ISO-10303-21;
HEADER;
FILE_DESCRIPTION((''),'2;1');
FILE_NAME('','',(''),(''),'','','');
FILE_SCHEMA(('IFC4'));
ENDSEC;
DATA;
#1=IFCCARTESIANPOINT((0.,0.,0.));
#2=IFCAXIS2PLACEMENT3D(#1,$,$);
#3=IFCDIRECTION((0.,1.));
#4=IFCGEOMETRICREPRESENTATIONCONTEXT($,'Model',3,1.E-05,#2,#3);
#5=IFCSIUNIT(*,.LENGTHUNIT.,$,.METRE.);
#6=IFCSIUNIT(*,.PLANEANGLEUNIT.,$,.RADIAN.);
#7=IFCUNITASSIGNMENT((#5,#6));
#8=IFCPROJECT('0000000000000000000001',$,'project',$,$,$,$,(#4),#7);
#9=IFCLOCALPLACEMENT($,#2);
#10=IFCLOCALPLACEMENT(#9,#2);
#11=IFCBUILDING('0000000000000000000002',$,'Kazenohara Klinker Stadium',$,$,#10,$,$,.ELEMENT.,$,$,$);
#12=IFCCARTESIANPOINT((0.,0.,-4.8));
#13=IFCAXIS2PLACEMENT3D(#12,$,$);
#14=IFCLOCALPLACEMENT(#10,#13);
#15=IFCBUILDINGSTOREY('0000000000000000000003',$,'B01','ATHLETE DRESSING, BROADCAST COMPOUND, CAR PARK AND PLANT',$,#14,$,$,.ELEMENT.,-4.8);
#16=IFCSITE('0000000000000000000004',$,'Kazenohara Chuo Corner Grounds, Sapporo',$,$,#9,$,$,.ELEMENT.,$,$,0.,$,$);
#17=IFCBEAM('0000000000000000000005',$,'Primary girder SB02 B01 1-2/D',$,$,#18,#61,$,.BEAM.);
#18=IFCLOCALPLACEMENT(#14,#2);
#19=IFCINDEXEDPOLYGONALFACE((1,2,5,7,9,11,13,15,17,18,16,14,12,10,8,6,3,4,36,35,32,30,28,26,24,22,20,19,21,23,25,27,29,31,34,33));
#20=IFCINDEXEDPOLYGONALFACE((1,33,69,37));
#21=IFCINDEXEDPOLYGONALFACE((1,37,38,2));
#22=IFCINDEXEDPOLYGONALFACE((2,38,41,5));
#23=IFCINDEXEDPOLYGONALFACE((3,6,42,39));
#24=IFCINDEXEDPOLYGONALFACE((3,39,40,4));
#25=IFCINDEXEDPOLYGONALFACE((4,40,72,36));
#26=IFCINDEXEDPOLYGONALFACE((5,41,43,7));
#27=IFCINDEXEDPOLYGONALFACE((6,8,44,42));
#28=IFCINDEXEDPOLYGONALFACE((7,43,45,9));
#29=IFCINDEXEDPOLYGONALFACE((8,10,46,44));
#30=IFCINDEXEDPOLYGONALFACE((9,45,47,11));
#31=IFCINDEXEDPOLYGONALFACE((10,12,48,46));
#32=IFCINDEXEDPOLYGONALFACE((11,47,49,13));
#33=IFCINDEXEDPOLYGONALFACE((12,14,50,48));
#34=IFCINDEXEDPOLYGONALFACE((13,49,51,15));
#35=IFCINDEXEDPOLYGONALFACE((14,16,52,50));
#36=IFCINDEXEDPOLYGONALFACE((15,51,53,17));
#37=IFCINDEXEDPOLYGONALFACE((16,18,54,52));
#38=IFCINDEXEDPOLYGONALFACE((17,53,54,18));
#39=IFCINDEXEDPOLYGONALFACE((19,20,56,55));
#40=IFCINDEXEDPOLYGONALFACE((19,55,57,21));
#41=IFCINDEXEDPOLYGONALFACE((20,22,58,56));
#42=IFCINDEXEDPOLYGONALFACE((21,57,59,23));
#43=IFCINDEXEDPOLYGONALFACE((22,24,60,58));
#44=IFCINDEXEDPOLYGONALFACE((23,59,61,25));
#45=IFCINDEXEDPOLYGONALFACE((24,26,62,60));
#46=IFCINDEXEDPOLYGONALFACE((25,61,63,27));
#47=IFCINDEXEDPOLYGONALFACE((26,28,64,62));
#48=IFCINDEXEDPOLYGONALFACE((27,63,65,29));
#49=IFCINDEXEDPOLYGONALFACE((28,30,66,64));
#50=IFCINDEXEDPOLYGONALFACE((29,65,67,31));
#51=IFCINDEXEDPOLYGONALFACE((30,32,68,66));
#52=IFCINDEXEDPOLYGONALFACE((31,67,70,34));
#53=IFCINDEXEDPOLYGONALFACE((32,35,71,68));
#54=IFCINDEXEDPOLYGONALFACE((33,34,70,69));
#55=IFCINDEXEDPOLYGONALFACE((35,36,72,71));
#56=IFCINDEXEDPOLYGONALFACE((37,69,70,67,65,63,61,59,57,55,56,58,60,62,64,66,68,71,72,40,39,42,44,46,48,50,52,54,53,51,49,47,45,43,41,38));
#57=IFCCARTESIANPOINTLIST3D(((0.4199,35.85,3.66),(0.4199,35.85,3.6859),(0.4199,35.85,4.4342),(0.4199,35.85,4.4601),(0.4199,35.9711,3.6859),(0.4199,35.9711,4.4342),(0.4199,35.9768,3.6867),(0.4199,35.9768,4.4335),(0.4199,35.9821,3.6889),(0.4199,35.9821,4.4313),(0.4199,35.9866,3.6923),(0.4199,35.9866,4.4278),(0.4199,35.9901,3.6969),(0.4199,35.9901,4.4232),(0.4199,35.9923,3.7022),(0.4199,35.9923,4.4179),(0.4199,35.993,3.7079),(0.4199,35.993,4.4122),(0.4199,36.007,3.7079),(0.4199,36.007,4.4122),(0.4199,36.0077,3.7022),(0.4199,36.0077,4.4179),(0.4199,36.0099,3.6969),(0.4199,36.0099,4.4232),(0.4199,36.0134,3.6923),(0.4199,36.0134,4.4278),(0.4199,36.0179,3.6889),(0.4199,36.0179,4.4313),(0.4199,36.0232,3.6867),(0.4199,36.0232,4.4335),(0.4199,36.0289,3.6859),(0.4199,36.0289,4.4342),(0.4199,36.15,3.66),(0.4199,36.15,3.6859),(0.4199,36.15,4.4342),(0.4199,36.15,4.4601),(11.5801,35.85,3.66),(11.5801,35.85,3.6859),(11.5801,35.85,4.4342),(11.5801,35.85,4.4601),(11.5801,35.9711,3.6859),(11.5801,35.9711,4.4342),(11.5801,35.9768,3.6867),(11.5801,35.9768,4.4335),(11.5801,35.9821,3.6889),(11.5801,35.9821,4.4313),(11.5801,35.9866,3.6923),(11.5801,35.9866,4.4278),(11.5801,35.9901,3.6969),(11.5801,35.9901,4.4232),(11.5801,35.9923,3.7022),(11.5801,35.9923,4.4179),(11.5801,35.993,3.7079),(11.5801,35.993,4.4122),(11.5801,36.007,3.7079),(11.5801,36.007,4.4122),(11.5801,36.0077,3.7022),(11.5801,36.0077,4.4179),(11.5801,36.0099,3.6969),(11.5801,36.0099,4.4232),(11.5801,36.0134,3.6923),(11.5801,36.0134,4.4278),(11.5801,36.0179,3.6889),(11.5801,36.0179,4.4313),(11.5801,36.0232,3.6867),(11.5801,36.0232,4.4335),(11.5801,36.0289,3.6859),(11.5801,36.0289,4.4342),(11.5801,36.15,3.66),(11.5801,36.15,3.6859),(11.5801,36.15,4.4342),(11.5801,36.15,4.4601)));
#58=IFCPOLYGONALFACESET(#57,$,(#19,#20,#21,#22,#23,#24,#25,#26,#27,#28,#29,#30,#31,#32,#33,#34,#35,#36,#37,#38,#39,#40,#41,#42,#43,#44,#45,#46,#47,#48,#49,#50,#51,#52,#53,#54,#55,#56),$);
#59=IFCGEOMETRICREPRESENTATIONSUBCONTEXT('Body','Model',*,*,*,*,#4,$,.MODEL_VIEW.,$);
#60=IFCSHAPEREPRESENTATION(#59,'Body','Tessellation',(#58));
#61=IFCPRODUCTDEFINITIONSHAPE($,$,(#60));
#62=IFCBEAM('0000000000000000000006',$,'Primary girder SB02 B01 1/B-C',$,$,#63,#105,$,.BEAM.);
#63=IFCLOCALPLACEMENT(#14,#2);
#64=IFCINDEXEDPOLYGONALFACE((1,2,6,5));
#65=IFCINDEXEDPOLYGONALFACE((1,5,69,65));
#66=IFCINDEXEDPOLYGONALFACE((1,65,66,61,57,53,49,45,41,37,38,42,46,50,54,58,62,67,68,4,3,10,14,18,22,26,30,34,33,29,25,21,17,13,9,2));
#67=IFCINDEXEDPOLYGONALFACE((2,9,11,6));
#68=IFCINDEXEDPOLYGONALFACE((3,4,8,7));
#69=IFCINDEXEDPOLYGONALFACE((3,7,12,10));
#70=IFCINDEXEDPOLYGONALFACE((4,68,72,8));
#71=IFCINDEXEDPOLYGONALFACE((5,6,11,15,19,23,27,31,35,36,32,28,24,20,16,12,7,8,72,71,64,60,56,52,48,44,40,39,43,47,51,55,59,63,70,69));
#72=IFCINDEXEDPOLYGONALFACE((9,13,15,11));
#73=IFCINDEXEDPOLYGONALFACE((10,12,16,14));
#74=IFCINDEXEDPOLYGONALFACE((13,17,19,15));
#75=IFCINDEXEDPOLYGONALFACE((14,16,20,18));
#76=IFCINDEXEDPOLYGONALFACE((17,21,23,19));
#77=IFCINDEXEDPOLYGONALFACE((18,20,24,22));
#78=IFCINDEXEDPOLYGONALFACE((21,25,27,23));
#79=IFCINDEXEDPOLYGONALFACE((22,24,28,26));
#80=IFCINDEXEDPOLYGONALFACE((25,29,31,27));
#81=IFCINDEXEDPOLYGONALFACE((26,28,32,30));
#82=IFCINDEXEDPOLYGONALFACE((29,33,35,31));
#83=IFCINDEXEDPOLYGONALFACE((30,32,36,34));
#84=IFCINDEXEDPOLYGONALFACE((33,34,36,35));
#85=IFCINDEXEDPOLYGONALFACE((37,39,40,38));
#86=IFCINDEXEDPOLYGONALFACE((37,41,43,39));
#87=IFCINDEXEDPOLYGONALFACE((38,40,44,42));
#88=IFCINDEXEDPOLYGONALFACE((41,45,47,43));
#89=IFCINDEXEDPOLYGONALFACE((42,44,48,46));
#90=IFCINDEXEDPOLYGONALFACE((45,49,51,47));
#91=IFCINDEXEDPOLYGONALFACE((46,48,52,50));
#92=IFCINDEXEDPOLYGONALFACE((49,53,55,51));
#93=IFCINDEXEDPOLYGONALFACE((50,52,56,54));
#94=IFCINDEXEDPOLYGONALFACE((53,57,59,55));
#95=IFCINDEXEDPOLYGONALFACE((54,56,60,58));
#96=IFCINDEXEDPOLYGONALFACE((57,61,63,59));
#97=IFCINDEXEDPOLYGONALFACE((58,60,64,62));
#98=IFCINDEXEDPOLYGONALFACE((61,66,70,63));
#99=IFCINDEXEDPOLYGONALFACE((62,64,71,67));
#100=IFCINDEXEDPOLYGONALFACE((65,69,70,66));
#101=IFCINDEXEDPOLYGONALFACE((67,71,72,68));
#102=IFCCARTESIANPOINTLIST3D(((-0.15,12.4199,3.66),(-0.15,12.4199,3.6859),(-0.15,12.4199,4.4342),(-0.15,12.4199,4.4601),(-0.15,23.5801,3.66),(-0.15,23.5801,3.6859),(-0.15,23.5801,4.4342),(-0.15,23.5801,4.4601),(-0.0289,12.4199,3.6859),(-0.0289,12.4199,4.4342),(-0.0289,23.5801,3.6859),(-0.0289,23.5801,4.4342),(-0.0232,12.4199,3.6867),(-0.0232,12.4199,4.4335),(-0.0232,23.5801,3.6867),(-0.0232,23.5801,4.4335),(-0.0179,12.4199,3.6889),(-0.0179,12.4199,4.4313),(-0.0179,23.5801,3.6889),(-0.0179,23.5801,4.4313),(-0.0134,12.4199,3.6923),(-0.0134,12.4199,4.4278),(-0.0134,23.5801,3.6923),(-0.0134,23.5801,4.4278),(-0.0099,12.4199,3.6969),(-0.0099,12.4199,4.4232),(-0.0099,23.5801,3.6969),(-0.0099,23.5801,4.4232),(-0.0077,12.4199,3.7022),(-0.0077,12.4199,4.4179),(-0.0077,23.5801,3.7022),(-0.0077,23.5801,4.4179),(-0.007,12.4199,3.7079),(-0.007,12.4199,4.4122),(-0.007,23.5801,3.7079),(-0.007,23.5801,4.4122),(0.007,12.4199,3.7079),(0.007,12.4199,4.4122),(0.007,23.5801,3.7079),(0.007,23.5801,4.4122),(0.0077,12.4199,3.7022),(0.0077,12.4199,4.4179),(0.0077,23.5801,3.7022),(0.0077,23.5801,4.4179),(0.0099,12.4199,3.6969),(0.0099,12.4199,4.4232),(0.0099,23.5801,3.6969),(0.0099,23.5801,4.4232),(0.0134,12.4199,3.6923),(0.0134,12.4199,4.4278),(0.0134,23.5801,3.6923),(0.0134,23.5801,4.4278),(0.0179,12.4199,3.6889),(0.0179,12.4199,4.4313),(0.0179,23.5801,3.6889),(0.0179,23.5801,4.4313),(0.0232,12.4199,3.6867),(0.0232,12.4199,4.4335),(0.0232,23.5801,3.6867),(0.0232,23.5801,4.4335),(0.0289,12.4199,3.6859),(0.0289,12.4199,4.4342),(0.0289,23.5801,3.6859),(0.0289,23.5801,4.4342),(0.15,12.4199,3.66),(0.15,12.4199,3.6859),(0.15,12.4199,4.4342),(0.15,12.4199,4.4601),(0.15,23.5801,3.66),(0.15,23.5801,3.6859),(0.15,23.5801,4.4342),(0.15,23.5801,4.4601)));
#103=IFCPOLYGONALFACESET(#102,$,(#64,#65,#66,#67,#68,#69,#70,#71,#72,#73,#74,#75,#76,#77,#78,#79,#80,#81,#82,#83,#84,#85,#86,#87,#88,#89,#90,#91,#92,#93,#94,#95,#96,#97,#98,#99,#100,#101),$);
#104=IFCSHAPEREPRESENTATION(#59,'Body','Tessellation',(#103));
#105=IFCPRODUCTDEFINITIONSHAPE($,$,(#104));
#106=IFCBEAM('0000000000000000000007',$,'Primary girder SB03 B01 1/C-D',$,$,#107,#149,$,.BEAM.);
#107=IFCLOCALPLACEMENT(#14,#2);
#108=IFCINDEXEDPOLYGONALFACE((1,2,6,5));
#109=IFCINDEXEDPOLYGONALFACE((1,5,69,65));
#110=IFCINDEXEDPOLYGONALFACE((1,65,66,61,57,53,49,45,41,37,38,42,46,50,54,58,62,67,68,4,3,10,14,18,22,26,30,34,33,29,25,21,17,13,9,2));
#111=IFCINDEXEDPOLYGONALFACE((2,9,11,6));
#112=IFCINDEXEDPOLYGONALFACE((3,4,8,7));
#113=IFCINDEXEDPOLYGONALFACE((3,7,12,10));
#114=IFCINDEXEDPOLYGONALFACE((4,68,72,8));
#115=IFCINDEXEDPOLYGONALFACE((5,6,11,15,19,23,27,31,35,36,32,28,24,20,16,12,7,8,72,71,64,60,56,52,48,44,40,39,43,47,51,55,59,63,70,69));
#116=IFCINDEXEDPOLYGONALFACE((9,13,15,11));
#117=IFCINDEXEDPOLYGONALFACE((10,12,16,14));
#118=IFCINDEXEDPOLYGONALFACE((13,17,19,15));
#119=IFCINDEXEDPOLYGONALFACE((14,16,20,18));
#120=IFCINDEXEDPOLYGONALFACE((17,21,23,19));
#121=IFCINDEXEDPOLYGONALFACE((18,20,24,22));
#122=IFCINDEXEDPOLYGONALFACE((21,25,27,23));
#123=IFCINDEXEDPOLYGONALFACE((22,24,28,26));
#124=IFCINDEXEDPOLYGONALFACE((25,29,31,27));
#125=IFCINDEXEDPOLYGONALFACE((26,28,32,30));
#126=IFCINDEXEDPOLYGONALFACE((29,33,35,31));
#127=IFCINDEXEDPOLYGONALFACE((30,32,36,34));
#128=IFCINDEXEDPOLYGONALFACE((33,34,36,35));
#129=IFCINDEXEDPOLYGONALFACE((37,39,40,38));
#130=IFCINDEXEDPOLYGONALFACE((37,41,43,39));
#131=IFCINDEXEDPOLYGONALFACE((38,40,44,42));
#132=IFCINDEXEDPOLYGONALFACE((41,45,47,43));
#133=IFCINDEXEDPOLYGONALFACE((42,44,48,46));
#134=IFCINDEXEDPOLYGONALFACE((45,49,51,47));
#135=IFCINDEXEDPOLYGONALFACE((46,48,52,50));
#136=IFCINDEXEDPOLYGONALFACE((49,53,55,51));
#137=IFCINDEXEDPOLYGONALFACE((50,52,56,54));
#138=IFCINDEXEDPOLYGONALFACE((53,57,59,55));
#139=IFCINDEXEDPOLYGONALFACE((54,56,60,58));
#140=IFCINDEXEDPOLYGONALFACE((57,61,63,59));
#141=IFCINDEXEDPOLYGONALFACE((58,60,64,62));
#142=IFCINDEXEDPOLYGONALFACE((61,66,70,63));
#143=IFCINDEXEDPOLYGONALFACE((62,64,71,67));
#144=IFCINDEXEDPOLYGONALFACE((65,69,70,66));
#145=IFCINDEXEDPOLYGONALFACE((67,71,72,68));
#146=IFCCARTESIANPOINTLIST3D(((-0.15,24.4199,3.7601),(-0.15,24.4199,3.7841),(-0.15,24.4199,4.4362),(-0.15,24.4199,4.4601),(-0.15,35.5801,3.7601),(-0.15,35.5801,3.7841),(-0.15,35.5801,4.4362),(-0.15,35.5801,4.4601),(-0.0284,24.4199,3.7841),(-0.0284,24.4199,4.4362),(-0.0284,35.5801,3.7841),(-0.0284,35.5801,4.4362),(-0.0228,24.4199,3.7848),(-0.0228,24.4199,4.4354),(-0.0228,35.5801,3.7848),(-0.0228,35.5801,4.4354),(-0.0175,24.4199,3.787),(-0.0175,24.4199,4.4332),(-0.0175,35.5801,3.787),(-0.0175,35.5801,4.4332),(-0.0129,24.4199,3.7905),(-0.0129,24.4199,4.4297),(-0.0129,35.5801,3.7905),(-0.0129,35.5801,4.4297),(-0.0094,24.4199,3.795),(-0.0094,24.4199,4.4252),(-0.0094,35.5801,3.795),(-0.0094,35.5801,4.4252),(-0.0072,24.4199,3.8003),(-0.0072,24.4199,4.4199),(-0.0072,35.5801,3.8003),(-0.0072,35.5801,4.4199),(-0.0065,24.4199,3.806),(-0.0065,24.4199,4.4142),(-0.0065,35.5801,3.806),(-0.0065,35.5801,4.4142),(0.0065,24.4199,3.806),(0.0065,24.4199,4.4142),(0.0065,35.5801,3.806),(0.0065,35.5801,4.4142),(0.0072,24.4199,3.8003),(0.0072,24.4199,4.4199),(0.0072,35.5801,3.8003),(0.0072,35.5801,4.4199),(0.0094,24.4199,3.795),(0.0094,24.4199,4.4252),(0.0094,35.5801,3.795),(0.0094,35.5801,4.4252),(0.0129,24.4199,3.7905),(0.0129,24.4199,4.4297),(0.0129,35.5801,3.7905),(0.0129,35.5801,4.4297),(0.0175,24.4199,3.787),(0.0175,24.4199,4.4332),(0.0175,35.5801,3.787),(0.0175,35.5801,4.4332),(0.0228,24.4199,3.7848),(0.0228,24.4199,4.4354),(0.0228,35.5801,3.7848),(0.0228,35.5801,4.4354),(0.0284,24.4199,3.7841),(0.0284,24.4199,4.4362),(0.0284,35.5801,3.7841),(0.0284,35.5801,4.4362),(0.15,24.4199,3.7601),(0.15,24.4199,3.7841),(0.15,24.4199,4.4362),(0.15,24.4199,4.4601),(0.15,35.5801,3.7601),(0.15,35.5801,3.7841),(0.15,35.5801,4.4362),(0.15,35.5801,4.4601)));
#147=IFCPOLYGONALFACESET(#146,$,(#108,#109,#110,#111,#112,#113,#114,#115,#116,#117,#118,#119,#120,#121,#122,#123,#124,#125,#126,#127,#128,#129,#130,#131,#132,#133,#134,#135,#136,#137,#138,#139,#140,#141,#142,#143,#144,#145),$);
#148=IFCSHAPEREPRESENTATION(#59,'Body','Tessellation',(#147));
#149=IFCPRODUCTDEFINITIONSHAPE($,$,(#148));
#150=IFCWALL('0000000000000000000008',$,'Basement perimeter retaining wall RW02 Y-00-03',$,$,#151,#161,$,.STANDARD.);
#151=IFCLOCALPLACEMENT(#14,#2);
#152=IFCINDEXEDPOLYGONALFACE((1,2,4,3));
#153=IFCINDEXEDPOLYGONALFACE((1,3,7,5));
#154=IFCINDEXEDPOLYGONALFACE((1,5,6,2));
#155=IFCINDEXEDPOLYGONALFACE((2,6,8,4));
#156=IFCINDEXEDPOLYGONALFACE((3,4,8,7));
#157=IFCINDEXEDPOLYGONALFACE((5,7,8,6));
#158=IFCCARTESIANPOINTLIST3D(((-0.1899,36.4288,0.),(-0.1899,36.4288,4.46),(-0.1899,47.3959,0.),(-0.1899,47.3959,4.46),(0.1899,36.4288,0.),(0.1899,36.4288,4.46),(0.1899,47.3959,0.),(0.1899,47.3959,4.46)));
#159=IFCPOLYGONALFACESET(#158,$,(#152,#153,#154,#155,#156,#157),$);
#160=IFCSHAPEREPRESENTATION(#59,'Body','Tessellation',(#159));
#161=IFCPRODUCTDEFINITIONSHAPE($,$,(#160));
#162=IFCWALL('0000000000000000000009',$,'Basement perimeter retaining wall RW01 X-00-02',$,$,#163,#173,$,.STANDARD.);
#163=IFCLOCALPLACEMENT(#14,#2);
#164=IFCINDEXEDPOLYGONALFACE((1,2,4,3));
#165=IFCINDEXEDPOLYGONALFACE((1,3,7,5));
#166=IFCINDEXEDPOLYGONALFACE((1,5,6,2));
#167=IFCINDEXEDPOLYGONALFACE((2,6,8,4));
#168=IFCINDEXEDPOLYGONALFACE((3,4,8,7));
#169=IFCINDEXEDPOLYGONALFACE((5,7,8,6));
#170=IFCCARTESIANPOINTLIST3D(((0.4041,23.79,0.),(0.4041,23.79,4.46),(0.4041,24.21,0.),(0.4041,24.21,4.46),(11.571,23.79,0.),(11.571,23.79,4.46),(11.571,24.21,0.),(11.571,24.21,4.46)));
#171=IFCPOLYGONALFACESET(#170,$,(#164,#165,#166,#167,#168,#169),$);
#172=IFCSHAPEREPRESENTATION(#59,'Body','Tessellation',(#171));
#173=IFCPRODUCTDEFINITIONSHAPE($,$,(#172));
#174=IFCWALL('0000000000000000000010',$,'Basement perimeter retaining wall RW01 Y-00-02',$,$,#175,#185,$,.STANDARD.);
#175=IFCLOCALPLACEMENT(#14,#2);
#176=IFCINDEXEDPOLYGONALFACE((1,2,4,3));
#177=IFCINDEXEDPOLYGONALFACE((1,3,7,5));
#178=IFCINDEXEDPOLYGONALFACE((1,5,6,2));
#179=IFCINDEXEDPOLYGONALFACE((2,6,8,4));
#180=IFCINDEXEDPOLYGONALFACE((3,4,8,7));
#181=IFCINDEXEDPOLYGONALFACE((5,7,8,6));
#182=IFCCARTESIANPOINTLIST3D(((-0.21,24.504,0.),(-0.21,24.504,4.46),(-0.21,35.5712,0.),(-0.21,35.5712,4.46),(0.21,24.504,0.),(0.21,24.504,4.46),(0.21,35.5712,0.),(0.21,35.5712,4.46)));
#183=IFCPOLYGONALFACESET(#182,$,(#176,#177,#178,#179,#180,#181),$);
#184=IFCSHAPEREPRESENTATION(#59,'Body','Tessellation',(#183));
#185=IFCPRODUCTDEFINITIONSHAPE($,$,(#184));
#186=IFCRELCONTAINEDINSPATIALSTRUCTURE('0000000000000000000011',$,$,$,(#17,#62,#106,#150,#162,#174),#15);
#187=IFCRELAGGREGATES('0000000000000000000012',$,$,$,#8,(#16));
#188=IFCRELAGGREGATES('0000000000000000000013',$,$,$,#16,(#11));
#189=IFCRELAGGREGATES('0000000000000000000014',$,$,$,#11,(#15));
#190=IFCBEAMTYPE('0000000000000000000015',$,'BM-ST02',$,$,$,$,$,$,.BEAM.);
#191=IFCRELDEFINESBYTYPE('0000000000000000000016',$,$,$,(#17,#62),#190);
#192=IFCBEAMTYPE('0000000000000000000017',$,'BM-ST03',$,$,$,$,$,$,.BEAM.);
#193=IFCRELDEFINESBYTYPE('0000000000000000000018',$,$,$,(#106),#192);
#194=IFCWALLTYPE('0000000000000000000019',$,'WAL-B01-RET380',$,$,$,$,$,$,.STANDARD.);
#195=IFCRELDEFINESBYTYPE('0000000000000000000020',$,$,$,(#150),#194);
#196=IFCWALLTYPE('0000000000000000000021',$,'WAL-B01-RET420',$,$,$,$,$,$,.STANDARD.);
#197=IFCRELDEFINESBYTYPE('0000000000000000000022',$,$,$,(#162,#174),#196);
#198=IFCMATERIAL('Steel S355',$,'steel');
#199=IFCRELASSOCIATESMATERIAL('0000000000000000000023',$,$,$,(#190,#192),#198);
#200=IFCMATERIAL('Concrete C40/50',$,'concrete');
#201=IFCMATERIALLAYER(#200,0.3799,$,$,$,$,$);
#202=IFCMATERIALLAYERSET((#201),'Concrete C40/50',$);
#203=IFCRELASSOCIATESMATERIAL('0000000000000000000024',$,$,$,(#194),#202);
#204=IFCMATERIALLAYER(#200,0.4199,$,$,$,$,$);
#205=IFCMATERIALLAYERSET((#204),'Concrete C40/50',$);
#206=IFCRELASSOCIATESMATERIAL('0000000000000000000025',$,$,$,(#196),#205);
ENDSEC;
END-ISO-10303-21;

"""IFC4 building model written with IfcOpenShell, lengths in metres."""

from ifc_helpers import new_model, si_unit, direction, frame, frame_2d, origin, origin_2d, place, context, subcontext, project, spatial, rectangle, i_section, extrude, material, layer, layer_set, material_profile, profile_set, type_object, element, save


model = new_model("IFC4")

# Units and contexts
model_context = context("Model", 3, precision=1e-05, world=origin(), true_north=direction((0.0, 1.0)))
body_context = subcontext(model_context, "Body", "Model", "MODEL_VIEW")
ifc_project = project(units=[si_unit("LENGTHUNIT", "METRE"), si_unit("PLANEANGLEUNIT", "RADIAN")], contexts=[model_context])

# Site, building, storey
site_placement = place(None, origin())
site = spatial("IfcSite", under=ifc_project, at=site_placement, Name="Kazenohara Chuo Corner Grounds, Sapporo", CompositionType="ELEMENT", RefElevation=0.0)
building_placement = place(site_placement, origin())
building = spatial("IfcBuilding", under=site, at=building_placement, Name="Kazenohara Klinker Stadium", CompositionType="ELEMENT")
storey_placement = place(building_placement, frame((0.0, 0.0, -4.8)))
storey = spatial("IfcBuildingStorey", under=building, at=storey_placement, Name="B01", Description="ATHLETE DRESSING, BROADCAST COMPOUND, CAR PARK AND PLANT", CompositionType="ELEMENT", Elevation=-4.8)

# Shared definitions
ifc_material_1 = material(Name="Concrete C40/50", Category="concrete")

# Beams
ifc_material_2 = material(Name="Steel S355", Category="steel")
ifc_material_profile_1 = material_profile(ifc_material_2, i_section(OverallWidth=0.3, OverallDepth=0.8, WebThickness=0.0139, FlangeThickness=0.0259, FilletRadius=0.022, at=origin_2d()), Name="H-800x300x14x26")
ifc_profile_set_1 = profile_set([ifc_material_profile_1], Name="Steel S355")
beam_type_1 = type_object("IfcBeamType", Name="BM-ST02", PredefinedType="BEAM", material=ifc_profile_set_1)
for number, where, z_axis, x_axis, name in (
    (1, (0.4199, 36.0, 4.0601), (1.0, 0.0, 0.0), (0.0, 1.0, 0.0), "Primary girder SB02 B01 1-2/D"),
    (2, (0.0, 12.4199, 4.0601), (0.0, 1.0, 0.0), (-1.0, 0.0, 0.0), "Primary girder SB02 B01 1/B-C"),
):
    element("IfcBeam", number, at=place(storey_placement, frame(where, z_axis=z_axis, x_axis=x_axis)), inside=storey, type_object=beam_type_1, Name=name, PredefinedType="BEAM", context=body_context, shape_type="SweptSolid", body=[
        extrude(i_section(OverallWidth=0.3, OverallDepth=0.8, WebThickness=0.0139, FlangeThickness=0.0259, FilletRadius=0.022, at=origin_2d()), origin(), (0.0, 0.0, 1.0), 11.1602),
    ])
ifc_material_profile_2 = material_profile(ifc_material_2, i_section(OverallWidth=0.3, OverallDepth=0.7, WebThickness=0.0129, FlangeThickness=0.0239, FilletRadius=0.022, at=origin_2d()), Name="H-700x300x13x24")
ifc_profile_set_2 = profile_set([ifc_material_profile_2], Name="Steel S355")
beam_type_2 = type_object("IfcBeamType", Name="BM-ST03", PredefinedType="BEAM", material=ifc_profile_set_2)
beam_1_placement = place(storey_placement, frame((0.0, 24.4199, 4.1101), z_axis=(0.0, 1.0, 0.0), x_axis=(-1.0, 0.0, 0.0)))
element("IfcBeam", 3, at=beam_1_placement, inside=storey, type_object=beam_type_2, Name="Primary girder SB03 B01 1/C-D", PredefinedType="BEAM", context=body_context, shape_type="SweptSolid", body=[
    extrude(i_section(OverallWidth=0.3, OverallDepth=0.7, WebThickness=0.0129, FlangeThickness=0.0239, FilletRadius=0.022, at=origin_2d()), origin(), (0.0, 0.0, 1.0), 11.1602),
])

# Walls
ifc_layer_1 = layer(ifc_material_1, 0.3799)
ifc_layer_set_1 = layer_set([ifc_layer_1], Name="Concrete C40/50")
wall_type_1 = type_object("IfcWallType", Name="WAL-B01-RET380", PredefinedType="STANDARD", material=ifc_layer_set_1)
wall_1_placement = place(storey_placement, frame((0.0, 36.429, 0.0), z_axis=(0.0, 0.0, 1.0), x_axis=(0.0, 1.0, 0.0)))
element("IfcWall", 4, at=wall_1_placement, inside=storey, type_object=wall_type_1, Name="Basement perimeter retaining wall RW02 Y-00-03", PredefinedType="STANDARD", context=body_context, shape_type="SweptSolid", body=[
    extrude(rectangle(XDim=10.967, YDim=0.3799, at=frame_2d((5.4834, 0.0))), origin(), (0.0, 0.0, 1.0), 4.46),
])
ifc_layer_2 = layer(ifc_material_1, 0.4199)
ifc_layer_set_2 = layer_set([ifc_layer_2], Name="Concrete C40/50")
wall_type_2 = type_object("IfcWallType", Name="WAL-B01-RET420", PredefinedType="STANDARD", material=ifc_layer_set_2)
wall_2_placement = place(storey_placement, frame((0.4041, 24.0, 0.0), z_axis=(0.0, 0.0, 1.0), x_axis=(1.0, 0.0, 0.0)))
element("IfcWall", 5, at=wall_2_placement, inside=storey, type_object=wall_type_2, Name="Basement perimeter retaining wall RW01 X-00-02", PredefinedType="STANDARD", context=body_context, shape_type="SweptSolid", body=[
    extrude(rectangle(XDim=11.167, YDim=0.4199, at=frame_2d((5.5835, 0.0))), origin(), (0.0, 0.0, 1.0), 4.46),
])
wall_3_placement = place(storey_placement, frame((0.0, 24.5039, 0.0), z_axis=(0.0, 0.0, 1.0), x_axis=(0.0, 1.0, 0.0)))
element("IfcWall", 6, at=wall_3_placement, inside=storey, type_object=wall_type_2, Name="Basement perimeter retaining wall RW01 Y-00-02", PredefinedType="STANDARD", context=body_context, shape_type="SweptSolid", body=[
    extrude(rectangle(XDim=11.0671, YDim=0.4199, at=frame_2d((5.5337, 0.0))), origin(), (0.0, 0.0, 1.0), 4.46),
])

save(model, "model.ifc")
